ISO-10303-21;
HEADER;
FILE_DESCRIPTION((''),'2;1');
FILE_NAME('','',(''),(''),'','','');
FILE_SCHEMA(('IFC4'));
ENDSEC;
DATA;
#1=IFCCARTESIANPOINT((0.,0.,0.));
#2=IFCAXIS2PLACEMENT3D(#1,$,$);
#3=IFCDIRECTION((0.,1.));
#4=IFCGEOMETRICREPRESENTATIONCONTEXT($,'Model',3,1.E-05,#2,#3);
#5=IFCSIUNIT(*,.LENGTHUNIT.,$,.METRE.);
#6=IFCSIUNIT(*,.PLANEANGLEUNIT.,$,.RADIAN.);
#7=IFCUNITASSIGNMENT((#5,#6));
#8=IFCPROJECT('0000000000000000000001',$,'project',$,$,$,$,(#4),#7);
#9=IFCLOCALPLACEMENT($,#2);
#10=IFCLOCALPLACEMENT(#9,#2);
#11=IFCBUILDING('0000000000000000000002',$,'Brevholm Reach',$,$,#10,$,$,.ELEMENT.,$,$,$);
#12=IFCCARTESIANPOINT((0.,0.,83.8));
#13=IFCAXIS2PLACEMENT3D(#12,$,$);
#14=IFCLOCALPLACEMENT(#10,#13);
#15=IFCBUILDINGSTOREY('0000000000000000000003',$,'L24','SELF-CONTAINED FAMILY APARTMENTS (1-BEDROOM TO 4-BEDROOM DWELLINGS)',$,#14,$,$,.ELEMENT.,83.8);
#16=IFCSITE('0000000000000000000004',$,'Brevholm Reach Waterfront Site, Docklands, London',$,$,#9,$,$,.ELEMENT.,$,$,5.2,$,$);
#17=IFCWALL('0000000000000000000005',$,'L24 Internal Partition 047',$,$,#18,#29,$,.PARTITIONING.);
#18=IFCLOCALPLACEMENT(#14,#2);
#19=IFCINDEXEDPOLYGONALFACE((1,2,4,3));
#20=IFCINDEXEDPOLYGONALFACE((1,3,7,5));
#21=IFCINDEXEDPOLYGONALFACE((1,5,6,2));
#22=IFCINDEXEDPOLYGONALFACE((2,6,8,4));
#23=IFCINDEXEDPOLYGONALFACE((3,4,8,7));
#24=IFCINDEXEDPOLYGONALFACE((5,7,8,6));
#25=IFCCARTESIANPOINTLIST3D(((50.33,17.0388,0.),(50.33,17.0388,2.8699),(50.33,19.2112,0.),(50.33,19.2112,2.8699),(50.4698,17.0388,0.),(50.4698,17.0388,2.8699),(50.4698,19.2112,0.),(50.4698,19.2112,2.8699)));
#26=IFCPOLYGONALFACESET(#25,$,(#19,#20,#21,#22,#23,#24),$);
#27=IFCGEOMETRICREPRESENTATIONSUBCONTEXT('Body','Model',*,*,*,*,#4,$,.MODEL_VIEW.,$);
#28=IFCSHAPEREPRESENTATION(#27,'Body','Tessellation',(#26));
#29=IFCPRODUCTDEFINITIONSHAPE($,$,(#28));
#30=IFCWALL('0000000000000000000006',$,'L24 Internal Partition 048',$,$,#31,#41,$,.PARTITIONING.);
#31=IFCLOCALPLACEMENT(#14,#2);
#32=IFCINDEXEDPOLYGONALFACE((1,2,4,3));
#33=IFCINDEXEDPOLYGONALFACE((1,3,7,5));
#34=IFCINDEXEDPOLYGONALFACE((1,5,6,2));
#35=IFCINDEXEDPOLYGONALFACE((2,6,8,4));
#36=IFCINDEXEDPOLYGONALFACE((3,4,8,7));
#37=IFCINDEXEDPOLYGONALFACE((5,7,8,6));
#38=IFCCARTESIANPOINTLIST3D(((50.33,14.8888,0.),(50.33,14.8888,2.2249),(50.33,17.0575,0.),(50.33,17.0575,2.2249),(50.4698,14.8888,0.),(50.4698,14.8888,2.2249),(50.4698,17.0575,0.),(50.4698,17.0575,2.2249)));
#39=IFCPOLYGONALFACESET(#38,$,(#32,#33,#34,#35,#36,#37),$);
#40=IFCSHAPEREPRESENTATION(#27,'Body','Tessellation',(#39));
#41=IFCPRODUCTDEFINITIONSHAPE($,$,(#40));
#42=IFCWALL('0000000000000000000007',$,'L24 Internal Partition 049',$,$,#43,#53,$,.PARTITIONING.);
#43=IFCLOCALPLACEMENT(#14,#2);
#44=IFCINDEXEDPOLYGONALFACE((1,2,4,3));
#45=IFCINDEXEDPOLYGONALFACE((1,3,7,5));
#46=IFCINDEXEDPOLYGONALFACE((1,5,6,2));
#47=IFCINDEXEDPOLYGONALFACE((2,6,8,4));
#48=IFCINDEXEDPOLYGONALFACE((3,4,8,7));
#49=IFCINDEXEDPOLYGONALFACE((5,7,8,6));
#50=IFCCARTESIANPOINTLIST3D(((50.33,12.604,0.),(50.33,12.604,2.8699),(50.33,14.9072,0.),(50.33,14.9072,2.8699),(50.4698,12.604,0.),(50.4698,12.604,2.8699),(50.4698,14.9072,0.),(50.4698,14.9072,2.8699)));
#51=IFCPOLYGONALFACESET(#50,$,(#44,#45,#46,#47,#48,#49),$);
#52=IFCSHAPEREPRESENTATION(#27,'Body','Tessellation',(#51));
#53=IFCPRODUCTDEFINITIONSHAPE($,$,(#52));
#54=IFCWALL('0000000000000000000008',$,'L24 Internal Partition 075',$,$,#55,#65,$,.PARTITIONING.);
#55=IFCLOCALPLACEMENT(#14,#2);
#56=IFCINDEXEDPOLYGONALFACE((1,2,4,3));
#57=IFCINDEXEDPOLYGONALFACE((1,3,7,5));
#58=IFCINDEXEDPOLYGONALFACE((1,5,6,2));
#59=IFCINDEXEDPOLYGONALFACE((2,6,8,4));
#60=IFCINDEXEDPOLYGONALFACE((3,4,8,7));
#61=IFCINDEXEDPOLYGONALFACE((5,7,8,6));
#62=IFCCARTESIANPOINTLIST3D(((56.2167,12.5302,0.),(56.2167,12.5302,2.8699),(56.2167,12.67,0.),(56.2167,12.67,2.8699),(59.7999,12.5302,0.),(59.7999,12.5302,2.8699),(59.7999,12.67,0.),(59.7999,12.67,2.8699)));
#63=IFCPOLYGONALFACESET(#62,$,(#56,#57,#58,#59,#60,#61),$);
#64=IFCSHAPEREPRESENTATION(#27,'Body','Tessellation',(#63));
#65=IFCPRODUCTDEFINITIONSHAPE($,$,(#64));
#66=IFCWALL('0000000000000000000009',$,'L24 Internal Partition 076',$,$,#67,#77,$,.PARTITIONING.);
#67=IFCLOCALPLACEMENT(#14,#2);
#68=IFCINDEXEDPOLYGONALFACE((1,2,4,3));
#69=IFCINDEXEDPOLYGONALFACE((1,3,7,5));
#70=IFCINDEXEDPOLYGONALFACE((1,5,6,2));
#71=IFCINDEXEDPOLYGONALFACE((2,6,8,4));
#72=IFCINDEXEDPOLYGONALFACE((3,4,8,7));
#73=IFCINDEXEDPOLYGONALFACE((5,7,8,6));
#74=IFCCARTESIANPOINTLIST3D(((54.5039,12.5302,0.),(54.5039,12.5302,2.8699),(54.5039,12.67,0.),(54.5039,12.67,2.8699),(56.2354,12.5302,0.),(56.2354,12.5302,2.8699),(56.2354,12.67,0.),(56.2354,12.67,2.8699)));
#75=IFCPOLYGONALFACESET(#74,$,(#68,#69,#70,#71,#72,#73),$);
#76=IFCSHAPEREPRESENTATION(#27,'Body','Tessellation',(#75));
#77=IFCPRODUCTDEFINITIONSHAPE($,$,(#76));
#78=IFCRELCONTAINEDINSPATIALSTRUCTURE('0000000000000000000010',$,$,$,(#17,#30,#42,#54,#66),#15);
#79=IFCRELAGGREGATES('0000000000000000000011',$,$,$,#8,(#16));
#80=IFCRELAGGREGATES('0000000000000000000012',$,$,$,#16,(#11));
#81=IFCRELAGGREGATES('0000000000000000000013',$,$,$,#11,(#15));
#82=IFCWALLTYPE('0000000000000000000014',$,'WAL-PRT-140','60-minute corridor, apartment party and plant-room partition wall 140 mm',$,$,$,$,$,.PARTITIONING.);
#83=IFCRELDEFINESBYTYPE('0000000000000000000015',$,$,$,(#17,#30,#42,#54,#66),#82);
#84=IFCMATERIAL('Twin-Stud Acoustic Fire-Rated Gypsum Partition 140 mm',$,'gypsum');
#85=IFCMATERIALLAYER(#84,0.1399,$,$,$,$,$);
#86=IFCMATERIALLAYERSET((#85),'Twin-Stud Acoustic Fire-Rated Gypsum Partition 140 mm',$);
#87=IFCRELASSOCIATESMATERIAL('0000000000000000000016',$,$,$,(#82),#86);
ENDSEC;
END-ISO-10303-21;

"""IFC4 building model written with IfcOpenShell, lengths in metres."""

from ifc_helpers import new_model, si_unit, direction, frame, frame_2d, origin, place, context, subcontext, project, spatial, rectangle, extrude, material, layer, layer_set, type_object, element, save


model = new_model("IFC4")

# Units and contexts
model_context = context("Model", 3, precision=1e-05, world=origin(), true_north=direction((0.0, 1.0)))
body_context = subcontext(model_context, "Body", "Model", "MODEL_VIEW")
ifc_project = project(units=[si_unit("LENGTHUNIT", "METRE"), si_unit("PLANEANGLEUNIT", "RADIAN")], contexts=[model_context])

# Site, building, storey
site_placement = place(None, origin())
site = spatial("IfcSite", under=ifc_project, at=site_placement, Name="Brevholm Reach Waterfront Site, Docklands, London", CompositionType="ELEMENT", RefElevation=5.2)
building_placement = place(site_placement, origin())
building = spatial("IfcBuilding", under=site, at=building_placement, Name="Brevholm Reach", CompositionType="ELEMENT")
storey_placement = place(building_placement, frame((0.0, 0.0, 83.8)))
storey = spatial("IfcBuildingStorey", under=building, at=storey_placement, Name="L24", Description="SELF-CONTAINED FAMILY APARTMENTS (1-BEDROOM TO 4-BEDROOM DWELLINGS)", CompositionType="ELEMENT", Elevation=83.8)

# Shared definitions
ifc_material_1 = material(Name="Twin-Stud Acoustic Fire-Rated Gypsum Partition 140 mm", Category="gypsum")
ifc_layer_1 = layer(ifc_material_1, 0.1399)
ifc_layer_set_1 = layer_set([ifc_layer_1], Name="Twin-Stud Acoustic Fire-Rated Gypsum Partition 140 mm")
wall_type_1 = type_object("IfcWallType", Name="WAL-PRT-140", Description="60-minute corridor, apartment party and plant-room partition wall 140 mm", PredefinedType="PARTITIONING", material=ifc_layer_set_1)

# Walls
wall_1_placement = place(storey_placement, frame((50.3999, 17.0388, 0.0), z_axis=(0.0, 0.0, 1.0), x_axis=(0.0, 1.0, 0.0)))
element("IfcWall", 1, at=wall_1_placement, inside=storey, type_object=wall_type_1, Name="L24 Internal Partition 047", PredefinedType="PARTITIONING", context=body_context, shape_type="SweptSolid", body=[
    extrude(rectangle(XDim=2.1724, YDim=0.1399, at=frame_2d((1.0862, 0.0))), origin(), (0.0, 0.0, 1.0), 2.8699),
])
wall_2_placement = place(storey_placement, frame((50.3999, 14.8887, 0.0), z_axis=(0.0, 0.0, 1.0), x_axis=(0.0, 1.0, 0.0)))
element("IfcWall", 2, at=wall_2_placement, inside=storey, type_object=wall_type_1, Name="L24 Internal Partition 048", PredefinedType="PARTITIONING", context=body_context, shape_type="SweptSolid", body=[
    extrude(rectangle(XDim=2.1687, YDim=0.1399, at=frame_2d((1.0845, 0.0))), origin(), (0.0, 0.0, 1.0), 2.2249),
])
wall_3_placement = place(storey_placement, frame((50.3999, 12.604, 0.0), z_axis=(0.0, 0.0, 1.0), x_axis=(0.0, 1.0, 0.0)))
element("IfcWall", 3, at=wall_3_placement, inside=storey, type_object=wall_type_1, Name="L24 Internal Partition 049", PredefinedType="PARTITIONING", context=body_context, shape_type="SweptSolid", body=[
    extrude(rectangle(XDim=2.3032, YDim=0.1399, at=frame_2d((1.1516, 0.0))), origin(), (0.0, 0.0, 1.0), 2.8699),
])
wall_4_placement = place(storey_placement, frame((56.2168, 12.6001, 0.0), z_axis=(0.0, 0.0, 1.0), x_axis=(1.0, 0.0, 0.0)))
element("IfcWall", 4, at=wall_4_placement, inside=storey, type_object=wall_type_1, Name="L24 Internal Partition 075", PredefinedType="PARTITIONING", context=body_context, shape_type="SweptSolid", body=[
    extrude(rectangle(XDim=3.5833, YDim=0.1399, at=frame_2d((1.7915, 0.0))), origin(), (0.0, 0.0, 1.0), 2.8699),
])
wall_5_placement = place(storey_placement, frame((54.5039, 12.6001, 0.0), z_axis=(0.0, 0.0, 1.0), x_axis=(1.0, 0.0, 0.0)))
element("IfcWall", 5, at=wall_5_placement, inside=storey, type_object=wall_type_1, Name="L24 Internal Partition 076", PredefinedType="PARTITIONING", context=body_context, shape_type="SweptSolid", body=[
    extrude(rectangle(XDim=1.7314, YDim=0.1399, at=frame_2d((0.8657, 0.0))), origin(), (0.0, 0.0, 1.0), 2.8699),
])

save(model, "model.ifc")
